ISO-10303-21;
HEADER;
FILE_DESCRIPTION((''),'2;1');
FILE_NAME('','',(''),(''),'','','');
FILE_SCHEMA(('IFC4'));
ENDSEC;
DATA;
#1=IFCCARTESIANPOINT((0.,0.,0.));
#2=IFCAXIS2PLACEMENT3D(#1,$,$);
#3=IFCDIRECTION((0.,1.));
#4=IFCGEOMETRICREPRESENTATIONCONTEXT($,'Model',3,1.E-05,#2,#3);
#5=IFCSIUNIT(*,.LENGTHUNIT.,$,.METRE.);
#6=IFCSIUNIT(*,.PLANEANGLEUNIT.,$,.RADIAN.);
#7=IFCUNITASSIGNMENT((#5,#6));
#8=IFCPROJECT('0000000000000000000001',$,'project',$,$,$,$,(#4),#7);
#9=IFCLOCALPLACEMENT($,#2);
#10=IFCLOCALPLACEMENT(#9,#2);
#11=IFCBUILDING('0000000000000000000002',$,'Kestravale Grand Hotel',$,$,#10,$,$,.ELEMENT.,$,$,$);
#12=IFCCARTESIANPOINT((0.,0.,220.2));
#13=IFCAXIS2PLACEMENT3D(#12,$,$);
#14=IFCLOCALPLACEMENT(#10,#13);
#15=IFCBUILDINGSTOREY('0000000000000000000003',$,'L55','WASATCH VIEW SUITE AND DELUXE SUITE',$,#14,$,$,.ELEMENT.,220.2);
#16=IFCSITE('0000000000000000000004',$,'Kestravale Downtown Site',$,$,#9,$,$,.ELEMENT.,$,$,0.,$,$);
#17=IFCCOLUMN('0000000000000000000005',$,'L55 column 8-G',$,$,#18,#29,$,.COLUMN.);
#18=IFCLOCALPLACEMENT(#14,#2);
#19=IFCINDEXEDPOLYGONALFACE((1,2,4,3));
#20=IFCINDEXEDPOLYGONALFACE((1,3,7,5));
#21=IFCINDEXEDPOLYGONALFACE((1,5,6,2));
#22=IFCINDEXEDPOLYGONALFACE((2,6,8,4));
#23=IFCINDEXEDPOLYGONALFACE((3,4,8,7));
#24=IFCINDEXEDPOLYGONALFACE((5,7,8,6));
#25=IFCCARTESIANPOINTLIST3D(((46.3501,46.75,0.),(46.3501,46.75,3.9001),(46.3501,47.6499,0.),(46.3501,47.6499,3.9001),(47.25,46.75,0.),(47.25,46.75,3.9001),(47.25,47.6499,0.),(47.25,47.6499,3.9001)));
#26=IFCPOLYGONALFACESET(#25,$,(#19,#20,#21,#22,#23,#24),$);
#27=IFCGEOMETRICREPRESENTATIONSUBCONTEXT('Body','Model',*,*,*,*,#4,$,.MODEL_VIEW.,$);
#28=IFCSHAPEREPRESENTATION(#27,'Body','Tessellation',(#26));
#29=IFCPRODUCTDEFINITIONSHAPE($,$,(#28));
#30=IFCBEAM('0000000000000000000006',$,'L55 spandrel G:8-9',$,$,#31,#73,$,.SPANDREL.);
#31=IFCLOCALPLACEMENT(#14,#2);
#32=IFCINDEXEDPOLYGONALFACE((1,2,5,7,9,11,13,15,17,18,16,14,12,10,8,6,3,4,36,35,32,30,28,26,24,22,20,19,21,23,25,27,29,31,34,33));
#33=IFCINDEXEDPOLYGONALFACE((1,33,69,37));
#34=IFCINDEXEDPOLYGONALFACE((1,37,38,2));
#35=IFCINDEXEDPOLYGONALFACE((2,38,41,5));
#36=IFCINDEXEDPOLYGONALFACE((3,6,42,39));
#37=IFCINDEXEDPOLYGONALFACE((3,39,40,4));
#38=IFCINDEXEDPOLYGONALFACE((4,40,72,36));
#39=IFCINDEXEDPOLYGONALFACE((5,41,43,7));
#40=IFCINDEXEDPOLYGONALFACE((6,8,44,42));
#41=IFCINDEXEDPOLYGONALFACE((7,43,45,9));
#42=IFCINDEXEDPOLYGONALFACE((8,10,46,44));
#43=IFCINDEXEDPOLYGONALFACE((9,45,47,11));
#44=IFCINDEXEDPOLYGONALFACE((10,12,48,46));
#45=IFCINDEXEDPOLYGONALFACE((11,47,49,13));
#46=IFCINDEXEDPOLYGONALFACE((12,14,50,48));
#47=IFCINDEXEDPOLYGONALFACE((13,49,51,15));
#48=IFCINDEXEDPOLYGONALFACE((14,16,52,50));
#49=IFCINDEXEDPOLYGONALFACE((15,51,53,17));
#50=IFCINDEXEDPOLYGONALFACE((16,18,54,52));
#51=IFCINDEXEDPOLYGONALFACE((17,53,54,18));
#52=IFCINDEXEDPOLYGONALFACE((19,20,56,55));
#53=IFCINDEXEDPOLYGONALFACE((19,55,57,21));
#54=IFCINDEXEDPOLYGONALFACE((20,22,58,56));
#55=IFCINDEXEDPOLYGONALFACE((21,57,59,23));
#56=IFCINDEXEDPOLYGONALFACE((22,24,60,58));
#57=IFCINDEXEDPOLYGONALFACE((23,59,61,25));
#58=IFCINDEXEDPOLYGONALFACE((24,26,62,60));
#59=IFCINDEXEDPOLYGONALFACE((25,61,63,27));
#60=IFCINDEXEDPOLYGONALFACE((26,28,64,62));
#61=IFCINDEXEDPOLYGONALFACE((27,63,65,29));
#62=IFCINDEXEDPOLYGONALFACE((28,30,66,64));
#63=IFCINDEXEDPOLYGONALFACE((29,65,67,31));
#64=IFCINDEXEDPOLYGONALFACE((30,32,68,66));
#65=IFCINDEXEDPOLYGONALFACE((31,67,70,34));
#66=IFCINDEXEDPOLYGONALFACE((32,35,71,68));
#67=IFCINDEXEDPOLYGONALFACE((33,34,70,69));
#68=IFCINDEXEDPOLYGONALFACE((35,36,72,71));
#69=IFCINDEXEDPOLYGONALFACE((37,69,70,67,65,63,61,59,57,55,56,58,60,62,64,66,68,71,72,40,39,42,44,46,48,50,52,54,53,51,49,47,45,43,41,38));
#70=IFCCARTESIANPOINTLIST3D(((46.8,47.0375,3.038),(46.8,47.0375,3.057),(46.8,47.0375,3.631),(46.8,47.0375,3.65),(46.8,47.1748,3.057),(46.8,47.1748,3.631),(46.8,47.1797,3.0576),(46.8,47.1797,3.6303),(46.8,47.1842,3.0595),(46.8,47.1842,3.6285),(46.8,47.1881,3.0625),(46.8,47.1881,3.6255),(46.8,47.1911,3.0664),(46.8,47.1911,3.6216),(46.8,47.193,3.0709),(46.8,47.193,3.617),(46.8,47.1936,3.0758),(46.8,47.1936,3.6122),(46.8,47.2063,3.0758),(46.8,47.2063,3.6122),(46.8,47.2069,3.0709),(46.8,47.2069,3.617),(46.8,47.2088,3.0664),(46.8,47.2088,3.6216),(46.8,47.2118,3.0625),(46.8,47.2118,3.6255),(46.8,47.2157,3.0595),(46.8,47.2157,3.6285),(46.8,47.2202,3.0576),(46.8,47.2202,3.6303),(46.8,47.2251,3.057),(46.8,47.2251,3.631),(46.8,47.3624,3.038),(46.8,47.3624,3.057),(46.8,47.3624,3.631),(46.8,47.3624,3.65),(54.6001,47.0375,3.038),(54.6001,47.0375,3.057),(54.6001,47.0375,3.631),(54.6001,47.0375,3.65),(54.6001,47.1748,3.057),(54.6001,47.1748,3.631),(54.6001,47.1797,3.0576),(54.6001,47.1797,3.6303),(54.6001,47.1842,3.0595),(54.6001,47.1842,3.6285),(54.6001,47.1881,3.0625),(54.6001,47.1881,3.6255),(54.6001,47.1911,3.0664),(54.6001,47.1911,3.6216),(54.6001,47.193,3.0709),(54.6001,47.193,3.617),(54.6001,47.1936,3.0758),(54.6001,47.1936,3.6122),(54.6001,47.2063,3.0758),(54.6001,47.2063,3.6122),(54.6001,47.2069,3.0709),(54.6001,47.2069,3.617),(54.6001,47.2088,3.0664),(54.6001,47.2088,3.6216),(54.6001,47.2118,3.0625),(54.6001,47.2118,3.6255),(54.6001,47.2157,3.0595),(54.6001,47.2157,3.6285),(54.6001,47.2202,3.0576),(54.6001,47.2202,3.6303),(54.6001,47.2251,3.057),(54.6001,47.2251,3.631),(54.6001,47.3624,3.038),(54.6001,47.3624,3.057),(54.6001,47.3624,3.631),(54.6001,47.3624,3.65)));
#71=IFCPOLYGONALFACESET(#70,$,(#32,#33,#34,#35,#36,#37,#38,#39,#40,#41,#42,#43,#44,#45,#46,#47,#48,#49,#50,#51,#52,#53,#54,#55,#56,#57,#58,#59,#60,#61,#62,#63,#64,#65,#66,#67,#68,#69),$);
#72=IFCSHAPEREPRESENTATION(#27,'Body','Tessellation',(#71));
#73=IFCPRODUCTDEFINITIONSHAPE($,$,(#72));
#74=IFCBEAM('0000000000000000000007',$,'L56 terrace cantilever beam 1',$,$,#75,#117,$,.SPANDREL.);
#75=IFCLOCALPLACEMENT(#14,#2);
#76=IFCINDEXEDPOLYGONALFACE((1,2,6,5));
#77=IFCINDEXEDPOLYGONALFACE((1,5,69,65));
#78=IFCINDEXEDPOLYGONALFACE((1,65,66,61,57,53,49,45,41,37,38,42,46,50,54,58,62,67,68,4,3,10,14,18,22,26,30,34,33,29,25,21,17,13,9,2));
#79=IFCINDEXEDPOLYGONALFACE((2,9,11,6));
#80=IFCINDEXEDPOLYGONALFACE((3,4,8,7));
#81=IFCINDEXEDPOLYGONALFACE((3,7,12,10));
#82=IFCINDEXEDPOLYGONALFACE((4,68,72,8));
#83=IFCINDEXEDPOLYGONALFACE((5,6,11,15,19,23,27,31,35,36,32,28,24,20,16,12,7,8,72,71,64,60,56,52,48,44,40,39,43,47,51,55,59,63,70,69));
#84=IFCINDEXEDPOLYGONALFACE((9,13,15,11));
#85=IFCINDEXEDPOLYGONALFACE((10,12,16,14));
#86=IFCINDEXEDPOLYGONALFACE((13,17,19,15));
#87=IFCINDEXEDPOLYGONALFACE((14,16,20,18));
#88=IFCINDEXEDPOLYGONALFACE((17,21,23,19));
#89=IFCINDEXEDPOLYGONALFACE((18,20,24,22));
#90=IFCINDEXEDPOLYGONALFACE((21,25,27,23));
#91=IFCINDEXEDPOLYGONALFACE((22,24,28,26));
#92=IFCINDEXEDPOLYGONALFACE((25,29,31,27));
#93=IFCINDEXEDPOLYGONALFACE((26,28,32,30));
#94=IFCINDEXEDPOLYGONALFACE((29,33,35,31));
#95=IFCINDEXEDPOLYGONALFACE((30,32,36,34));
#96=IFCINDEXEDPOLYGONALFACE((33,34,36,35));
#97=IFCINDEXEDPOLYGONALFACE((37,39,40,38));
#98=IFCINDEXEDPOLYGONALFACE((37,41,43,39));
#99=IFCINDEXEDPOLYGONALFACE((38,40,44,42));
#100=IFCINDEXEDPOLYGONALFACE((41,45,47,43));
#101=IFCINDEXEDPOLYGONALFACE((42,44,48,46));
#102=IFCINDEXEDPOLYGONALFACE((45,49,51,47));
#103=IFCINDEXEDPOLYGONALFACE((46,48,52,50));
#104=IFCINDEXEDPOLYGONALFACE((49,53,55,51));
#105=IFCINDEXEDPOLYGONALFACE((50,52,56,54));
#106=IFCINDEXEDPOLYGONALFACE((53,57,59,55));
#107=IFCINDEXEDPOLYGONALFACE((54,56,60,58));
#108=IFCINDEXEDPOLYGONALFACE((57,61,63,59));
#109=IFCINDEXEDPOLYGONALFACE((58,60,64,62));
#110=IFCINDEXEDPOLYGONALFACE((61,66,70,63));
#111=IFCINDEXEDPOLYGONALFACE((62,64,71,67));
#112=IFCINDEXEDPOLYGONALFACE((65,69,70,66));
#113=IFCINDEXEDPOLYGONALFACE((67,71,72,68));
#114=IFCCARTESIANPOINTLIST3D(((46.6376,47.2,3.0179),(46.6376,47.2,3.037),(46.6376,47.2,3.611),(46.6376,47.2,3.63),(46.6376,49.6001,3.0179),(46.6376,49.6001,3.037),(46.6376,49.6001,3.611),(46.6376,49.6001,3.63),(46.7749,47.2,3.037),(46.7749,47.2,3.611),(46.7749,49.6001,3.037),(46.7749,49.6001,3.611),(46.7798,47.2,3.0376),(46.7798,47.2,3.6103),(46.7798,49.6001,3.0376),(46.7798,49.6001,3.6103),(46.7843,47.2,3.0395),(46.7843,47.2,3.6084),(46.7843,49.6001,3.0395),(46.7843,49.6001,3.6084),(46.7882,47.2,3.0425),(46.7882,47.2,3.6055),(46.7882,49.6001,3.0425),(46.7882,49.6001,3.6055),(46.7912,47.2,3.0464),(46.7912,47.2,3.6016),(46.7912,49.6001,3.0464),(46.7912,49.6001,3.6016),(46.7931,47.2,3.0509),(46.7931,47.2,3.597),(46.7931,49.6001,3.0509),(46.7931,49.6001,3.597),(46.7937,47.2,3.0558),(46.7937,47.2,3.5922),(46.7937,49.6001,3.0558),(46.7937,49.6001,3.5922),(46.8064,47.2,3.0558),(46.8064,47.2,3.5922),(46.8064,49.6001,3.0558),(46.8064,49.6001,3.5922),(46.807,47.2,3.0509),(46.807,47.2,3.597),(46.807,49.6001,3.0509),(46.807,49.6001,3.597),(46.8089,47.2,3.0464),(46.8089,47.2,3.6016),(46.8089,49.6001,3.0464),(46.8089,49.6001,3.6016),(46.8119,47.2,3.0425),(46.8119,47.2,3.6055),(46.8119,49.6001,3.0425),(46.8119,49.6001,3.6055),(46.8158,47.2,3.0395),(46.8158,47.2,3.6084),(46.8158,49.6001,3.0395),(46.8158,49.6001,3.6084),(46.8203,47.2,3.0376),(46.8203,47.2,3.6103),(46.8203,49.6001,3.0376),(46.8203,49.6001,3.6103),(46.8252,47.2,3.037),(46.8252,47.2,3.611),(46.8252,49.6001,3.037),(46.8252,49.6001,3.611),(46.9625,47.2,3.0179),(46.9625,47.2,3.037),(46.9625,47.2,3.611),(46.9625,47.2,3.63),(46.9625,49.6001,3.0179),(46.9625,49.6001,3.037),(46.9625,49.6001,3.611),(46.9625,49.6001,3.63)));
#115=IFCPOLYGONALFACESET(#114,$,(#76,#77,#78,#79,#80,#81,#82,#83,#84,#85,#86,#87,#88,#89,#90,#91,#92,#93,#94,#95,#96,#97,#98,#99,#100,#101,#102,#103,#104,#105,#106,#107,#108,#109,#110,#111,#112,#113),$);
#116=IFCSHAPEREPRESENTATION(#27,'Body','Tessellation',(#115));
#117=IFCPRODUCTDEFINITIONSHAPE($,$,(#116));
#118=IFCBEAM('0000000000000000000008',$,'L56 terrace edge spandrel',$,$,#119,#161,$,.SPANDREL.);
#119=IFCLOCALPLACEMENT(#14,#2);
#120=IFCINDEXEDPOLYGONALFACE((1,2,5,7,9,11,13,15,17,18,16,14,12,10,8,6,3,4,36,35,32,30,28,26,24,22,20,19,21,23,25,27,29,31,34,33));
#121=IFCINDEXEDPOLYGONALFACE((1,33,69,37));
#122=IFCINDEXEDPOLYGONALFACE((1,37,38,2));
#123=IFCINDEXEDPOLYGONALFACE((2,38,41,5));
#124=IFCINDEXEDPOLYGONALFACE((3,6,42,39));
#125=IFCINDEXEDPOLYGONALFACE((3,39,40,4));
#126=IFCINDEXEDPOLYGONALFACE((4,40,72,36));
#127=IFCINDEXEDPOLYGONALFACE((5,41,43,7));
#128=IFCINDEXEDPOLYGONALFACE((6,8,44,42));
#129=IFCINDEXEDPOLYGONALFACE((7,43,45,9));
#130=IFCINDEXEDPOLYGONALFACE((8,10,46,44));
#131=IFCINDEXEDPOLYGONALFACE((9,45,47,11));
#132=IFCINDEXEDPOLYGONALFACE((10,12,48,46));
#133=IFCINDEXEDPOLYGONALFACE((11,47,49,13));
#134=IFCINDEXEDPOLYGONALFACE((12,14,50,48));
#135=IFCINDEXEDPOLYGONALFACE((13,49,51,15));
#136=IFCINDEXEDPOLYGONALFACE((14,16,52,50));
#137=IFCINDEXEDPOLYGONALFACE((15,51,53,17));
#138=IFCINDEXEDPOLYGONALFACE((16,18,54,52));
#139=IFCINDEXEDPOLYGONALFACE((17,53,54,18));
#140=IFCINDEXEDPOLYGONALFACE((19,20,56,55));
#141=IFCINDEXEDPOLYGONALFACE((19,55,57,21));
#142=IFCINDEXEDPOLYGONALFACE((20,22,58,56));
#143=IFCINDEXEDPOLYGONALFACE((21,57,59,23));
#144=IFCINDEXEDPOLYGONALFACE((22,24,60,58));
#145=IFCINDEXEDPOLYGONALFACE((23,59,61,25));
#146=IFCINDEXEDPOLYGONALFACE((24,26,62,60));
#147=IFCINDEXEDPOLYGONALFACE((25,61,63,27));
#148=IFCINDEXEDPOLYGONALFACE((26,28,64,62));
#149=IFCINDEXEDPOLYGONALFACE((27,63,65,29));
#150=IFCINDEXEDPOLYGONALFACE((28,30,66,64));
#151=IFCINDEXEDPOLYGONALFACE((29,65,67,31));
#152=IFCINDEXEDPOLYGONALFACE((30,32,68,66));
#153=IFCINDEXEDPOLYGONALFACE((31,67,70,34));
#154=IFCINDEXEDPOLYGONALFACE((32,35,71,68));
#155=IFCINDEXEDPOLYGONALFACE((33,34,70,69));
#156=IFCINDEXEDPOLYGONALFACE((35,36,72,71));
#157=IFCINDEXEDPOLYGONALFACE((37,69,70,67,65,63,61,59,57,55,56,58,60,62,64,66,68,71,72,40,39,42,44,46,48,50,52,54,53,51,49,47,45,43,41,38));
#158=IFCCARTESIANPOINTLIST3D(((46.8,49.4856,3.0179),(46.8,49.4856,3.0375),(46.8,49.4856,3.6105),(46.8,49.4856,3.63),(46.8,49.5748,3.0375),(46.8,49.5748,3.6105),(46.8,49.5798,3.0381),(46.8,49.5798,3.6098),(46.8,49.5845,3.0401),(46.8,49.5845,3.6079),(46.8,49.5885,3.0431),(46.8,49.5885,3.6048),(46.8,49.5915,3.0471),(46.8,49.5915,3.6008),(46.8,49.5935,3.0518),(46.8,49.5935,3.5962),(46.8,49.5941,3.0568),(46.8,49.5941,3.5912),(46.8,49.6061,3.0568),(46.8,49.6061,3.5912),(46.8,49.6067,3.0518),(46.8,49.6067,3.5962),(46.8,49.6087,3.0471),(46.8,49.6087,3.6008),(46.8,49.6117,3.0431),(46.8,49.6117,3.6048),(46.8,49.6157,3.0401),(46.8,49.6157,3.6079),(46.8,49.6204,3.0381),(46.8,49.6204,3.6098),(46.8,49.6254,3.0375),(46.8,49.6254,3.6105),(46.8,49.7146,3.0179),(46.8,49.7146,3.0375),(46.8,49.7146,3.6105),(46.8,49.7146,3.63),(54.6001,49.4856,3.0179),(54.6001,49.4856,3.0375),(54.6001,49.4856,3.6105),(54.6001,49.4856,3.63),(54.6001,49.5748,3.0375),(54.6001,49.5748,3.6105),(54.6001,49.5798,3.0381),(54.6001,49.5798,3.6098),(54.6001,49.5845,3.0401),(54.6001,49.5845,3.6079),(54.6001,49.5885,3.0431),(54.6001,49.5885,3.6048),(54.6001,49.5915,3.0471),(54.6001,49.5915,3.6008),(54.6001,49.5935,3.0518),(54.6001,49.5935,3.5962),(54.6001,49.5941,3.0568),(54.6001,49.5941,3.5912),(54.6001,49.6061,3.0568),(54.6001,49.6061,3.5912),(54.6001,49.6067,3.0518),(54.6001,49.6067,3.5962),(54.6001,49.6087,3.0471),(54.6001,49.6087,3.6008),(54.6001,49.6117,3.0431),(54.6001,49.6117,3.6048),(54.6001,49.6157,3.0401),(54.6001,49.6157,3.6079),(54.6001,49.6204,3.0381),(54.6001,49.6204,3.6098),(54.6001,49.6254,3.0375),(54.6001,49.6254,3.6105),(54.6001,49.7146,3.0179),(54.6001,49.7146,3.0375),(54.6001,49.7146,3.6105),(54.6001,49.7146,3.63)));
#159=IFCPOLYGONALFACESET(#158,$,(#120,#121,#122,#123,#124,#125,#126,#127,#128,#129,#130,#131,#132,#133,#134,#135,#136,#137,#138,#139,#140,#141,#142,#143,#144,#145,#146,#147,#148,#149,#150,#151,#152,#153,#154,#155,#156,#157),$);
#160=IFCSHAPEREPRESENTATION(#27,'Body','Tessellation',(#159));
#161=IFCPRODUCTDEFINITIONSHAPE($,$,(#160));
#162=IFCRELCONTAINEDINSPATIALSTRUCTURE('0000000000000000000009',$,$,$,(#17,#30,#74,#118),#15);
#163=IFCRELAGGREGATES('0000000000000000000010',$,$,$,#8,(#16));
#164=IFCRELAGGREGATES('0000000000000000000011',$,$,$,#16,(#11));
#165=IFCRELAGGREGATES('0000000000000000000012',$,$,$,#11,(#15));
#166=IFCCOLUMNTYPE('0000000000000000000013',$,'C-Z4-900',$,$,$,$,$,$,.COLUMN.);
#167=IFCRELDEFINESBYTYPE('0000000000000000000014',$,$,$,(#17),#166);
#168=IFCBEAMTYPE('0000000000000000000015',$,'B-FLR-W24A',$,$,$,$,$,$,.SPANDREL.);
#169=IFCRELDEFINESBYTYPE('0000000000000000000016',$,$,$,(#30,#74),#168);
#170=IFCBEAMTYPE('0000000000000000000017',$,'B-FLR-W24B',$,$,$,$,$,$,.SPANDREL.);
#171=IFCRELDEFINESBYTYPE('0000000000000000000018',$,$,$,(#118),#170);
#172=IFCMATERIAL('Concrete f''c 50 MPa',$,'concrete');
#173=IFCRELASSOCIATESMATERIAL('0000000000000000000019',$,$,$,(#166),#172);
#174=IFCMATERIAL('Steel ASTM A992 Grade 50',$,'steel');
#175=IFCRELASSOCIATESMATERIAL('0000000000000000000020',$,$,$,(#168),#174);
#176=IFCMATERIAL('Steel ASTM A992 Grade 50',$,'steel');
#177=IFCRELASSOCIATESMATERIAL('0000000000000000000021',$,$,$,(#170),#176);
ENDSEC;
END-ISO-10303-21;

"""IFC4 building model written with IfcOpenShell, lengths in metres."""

from ifc_helpers import new_model, si_unit, direction, frame, origin, origin_2d, place, context, subcontext, project, spatial, rectangle, i_section, extrude, material, material_profile, profile_set, type_object, element, save


model = new_model("IFC4")

# Units and contexts
model_context = context("Model", 3, precision=1e-05, world=origin(), true_north=direction((0.0, 1.0)))
body_context = subcontext(model_context, "Body", "Model", "MODEL_VIEW")
ifc_project = project(units=[si_unit("LENGTHUNIT", "METRE"), si_unit("PLANEANGLEUNIT", "RADIAN")], contexts=[model_context])

# Site, building, storey
site_placement = place(None, origin())
site = spatial("IfcSite", under=ifc_project, at=site_placement, Name="Kestravale Downtown Site", CompositionType="ELEMENT", RefElevation=0.0)
building_placement = place(site_placement, origin())
building = spatial("IfcBuilding", under=site, at=building_placement, Name="Kestravale Grand Hotel", CompositionType="ELEMENT")
storey_placement = place(building_placement, frame((0.0, 0.0, 220.2)))
storey = spatial("IfcBuildingStorey", under=building, at=storey_placement, Name="L55", Description="WASATCH VIEW SUITE AND DELUXE SUITE", CompositionType="ELEMENT", Elevation=220.2)

# Column
ifc_material_1 = material(Name="Concrete f'c 50 MPa", Category="concrete")
ifc_material_profile_1 = material_profile(ifc_material_1, rectangle(XDim=0.8999, YDim=0.8999, at=origin_2d()))
ifc_profile_set_1 = profile_set([ifc_material_profile_1], Name="Concrete f'c 50 MPa")
column_type = type_object("IfcColumnType", Name="C-Z4-900", PredefinedType="COLUMN", material=ifc_profile_set_1)
column_placement = place(storey_placement, frame((46.8, 47.2, 0.0), z_axis=(0.0, 0.0, 1.0), x_axis=(1.0, 0.0, 0.0)))
element("IfcColumn", 1, at=column_placement, inside=storey, type_object=column_type, Name="L55 column 8-G", PredefinedType="COLUMN", context=body_context, shape_type="SweptSolid", body=[
    extrude(rectangle(XDim=0.8999, YDim=0.8999, at=origin_2d()), origin(), (0.0, 0.0, 1.0), 3.9001),
])

# Beams
ifc_material_2 = material(Name="Steel ASTM A992 Grade 50", Category="steel")
ifc_material_profile_2 = material_profile(ifc_material_2, i_section(OverallWidth=0.325, OverallDepth=0.6121, WebThickness=0.0127, FlangeThickness=0.019, FilletRadius=0.0188, at=origin_2d()))
ifc_profile_set_2 = profile_set([ifc_material_profile_2], Name="Steel ASTM A992 Grade 50")
beam_type_1 = type_object("IfcBeamType", Name="B-FLR-W24A", PredefinedType="SPANDREL", material=ifc_profile_set_2)
beam_1_placement = place(storey_placement, frame((46.8, 47.2, 3.344), z_axis=(1.0, 0.0, 0.0), x_axis=(0.0, 1.0, 0.0)))
element("IfcBeam", 2, at=beam_1_placement, inside=storey, type_object=beam_type_1, Name="L55 spandrel G:8-9", PredefinedType="SPANDREL", context=body_context, shape_type="SweptSolid", body=[
    extrude(i_section(OverallWidth=0.325, OverallDepth=0.6121, WebThickness=0.0127, FlangeThickness=0.019, FilletRadius=0.0188, at=origin_2d()), origin(), (0.0, 0.0, 1.0), 7.8),
])
beam_2_placement = place(storey_placement, frame((46.8, 47.2, 3.324), z_axis=(0.0, 1.0, 0.0), x_axis=(-1.0, 0.0, 0.0)))
element("IfcBeam", 3, at=beam_2_placement, inside=storey, type_object=beam_type_1, Name="L56 terrace cantilever beam 1", PredefinedType="SPANDREL", context=body_context, shape_type="SweptSolid", body=[
    extrude(i_section(OverallWidth=0.325, OverallDepth=0.6121, WebThickness=0.0127, FlangeThickness=0.019, FilletRadius=0.0188, at=origin_2d()), origin(), (0.0, 0.0, 1.0), 2.4001),
])
ifc_material_3 = material(Name="Steel ASTM A992 Grade 50", Category="steel")
ifc_material_profile_3 = material_profile(ifc_material_3, i_section(OverallWidth=0.229, OverallDepth=0.6121, WebThickness=0.012, FlangeThickness=0.0195, FilletRadius=0.0193, at=origin_2d()))
ifc_profile_set_3 = profile_set([ifc_material_profile_3], Name="Steel ASTM A992 Grade 50")
beam_type_2 = type_object("IfcBeamType", Name="B-FLR-W24B", PredefinedType="SPANDREL", material=ifc_profile_set_3)
beam_3_placement = place(storey_placement, frame((46.8, 49.6001, 3.324), z_axis=(1.0, 0.0, 0.0), x_axis=(0.0, 1.0, 0.0)))
element("IfcBeam", 4, at=beam_3_placement, inside=storey, type_object=beam_type_2, Name="L56 terrace edge spandrel", PredefinedType="SPANDREL", context=body_context, shape_type="SweptSolid", body=[
    extrude(i_section(OverallWidth=0.229, OverallDepth=0.6121, WebThickness=0.012, FlangeThickness=0.0195, FilletRadius=0.0193, at=origin_2d()), origin(), (0.0, 0.0, 1.0), 7.8),
])

save(model, "model.ifc")
